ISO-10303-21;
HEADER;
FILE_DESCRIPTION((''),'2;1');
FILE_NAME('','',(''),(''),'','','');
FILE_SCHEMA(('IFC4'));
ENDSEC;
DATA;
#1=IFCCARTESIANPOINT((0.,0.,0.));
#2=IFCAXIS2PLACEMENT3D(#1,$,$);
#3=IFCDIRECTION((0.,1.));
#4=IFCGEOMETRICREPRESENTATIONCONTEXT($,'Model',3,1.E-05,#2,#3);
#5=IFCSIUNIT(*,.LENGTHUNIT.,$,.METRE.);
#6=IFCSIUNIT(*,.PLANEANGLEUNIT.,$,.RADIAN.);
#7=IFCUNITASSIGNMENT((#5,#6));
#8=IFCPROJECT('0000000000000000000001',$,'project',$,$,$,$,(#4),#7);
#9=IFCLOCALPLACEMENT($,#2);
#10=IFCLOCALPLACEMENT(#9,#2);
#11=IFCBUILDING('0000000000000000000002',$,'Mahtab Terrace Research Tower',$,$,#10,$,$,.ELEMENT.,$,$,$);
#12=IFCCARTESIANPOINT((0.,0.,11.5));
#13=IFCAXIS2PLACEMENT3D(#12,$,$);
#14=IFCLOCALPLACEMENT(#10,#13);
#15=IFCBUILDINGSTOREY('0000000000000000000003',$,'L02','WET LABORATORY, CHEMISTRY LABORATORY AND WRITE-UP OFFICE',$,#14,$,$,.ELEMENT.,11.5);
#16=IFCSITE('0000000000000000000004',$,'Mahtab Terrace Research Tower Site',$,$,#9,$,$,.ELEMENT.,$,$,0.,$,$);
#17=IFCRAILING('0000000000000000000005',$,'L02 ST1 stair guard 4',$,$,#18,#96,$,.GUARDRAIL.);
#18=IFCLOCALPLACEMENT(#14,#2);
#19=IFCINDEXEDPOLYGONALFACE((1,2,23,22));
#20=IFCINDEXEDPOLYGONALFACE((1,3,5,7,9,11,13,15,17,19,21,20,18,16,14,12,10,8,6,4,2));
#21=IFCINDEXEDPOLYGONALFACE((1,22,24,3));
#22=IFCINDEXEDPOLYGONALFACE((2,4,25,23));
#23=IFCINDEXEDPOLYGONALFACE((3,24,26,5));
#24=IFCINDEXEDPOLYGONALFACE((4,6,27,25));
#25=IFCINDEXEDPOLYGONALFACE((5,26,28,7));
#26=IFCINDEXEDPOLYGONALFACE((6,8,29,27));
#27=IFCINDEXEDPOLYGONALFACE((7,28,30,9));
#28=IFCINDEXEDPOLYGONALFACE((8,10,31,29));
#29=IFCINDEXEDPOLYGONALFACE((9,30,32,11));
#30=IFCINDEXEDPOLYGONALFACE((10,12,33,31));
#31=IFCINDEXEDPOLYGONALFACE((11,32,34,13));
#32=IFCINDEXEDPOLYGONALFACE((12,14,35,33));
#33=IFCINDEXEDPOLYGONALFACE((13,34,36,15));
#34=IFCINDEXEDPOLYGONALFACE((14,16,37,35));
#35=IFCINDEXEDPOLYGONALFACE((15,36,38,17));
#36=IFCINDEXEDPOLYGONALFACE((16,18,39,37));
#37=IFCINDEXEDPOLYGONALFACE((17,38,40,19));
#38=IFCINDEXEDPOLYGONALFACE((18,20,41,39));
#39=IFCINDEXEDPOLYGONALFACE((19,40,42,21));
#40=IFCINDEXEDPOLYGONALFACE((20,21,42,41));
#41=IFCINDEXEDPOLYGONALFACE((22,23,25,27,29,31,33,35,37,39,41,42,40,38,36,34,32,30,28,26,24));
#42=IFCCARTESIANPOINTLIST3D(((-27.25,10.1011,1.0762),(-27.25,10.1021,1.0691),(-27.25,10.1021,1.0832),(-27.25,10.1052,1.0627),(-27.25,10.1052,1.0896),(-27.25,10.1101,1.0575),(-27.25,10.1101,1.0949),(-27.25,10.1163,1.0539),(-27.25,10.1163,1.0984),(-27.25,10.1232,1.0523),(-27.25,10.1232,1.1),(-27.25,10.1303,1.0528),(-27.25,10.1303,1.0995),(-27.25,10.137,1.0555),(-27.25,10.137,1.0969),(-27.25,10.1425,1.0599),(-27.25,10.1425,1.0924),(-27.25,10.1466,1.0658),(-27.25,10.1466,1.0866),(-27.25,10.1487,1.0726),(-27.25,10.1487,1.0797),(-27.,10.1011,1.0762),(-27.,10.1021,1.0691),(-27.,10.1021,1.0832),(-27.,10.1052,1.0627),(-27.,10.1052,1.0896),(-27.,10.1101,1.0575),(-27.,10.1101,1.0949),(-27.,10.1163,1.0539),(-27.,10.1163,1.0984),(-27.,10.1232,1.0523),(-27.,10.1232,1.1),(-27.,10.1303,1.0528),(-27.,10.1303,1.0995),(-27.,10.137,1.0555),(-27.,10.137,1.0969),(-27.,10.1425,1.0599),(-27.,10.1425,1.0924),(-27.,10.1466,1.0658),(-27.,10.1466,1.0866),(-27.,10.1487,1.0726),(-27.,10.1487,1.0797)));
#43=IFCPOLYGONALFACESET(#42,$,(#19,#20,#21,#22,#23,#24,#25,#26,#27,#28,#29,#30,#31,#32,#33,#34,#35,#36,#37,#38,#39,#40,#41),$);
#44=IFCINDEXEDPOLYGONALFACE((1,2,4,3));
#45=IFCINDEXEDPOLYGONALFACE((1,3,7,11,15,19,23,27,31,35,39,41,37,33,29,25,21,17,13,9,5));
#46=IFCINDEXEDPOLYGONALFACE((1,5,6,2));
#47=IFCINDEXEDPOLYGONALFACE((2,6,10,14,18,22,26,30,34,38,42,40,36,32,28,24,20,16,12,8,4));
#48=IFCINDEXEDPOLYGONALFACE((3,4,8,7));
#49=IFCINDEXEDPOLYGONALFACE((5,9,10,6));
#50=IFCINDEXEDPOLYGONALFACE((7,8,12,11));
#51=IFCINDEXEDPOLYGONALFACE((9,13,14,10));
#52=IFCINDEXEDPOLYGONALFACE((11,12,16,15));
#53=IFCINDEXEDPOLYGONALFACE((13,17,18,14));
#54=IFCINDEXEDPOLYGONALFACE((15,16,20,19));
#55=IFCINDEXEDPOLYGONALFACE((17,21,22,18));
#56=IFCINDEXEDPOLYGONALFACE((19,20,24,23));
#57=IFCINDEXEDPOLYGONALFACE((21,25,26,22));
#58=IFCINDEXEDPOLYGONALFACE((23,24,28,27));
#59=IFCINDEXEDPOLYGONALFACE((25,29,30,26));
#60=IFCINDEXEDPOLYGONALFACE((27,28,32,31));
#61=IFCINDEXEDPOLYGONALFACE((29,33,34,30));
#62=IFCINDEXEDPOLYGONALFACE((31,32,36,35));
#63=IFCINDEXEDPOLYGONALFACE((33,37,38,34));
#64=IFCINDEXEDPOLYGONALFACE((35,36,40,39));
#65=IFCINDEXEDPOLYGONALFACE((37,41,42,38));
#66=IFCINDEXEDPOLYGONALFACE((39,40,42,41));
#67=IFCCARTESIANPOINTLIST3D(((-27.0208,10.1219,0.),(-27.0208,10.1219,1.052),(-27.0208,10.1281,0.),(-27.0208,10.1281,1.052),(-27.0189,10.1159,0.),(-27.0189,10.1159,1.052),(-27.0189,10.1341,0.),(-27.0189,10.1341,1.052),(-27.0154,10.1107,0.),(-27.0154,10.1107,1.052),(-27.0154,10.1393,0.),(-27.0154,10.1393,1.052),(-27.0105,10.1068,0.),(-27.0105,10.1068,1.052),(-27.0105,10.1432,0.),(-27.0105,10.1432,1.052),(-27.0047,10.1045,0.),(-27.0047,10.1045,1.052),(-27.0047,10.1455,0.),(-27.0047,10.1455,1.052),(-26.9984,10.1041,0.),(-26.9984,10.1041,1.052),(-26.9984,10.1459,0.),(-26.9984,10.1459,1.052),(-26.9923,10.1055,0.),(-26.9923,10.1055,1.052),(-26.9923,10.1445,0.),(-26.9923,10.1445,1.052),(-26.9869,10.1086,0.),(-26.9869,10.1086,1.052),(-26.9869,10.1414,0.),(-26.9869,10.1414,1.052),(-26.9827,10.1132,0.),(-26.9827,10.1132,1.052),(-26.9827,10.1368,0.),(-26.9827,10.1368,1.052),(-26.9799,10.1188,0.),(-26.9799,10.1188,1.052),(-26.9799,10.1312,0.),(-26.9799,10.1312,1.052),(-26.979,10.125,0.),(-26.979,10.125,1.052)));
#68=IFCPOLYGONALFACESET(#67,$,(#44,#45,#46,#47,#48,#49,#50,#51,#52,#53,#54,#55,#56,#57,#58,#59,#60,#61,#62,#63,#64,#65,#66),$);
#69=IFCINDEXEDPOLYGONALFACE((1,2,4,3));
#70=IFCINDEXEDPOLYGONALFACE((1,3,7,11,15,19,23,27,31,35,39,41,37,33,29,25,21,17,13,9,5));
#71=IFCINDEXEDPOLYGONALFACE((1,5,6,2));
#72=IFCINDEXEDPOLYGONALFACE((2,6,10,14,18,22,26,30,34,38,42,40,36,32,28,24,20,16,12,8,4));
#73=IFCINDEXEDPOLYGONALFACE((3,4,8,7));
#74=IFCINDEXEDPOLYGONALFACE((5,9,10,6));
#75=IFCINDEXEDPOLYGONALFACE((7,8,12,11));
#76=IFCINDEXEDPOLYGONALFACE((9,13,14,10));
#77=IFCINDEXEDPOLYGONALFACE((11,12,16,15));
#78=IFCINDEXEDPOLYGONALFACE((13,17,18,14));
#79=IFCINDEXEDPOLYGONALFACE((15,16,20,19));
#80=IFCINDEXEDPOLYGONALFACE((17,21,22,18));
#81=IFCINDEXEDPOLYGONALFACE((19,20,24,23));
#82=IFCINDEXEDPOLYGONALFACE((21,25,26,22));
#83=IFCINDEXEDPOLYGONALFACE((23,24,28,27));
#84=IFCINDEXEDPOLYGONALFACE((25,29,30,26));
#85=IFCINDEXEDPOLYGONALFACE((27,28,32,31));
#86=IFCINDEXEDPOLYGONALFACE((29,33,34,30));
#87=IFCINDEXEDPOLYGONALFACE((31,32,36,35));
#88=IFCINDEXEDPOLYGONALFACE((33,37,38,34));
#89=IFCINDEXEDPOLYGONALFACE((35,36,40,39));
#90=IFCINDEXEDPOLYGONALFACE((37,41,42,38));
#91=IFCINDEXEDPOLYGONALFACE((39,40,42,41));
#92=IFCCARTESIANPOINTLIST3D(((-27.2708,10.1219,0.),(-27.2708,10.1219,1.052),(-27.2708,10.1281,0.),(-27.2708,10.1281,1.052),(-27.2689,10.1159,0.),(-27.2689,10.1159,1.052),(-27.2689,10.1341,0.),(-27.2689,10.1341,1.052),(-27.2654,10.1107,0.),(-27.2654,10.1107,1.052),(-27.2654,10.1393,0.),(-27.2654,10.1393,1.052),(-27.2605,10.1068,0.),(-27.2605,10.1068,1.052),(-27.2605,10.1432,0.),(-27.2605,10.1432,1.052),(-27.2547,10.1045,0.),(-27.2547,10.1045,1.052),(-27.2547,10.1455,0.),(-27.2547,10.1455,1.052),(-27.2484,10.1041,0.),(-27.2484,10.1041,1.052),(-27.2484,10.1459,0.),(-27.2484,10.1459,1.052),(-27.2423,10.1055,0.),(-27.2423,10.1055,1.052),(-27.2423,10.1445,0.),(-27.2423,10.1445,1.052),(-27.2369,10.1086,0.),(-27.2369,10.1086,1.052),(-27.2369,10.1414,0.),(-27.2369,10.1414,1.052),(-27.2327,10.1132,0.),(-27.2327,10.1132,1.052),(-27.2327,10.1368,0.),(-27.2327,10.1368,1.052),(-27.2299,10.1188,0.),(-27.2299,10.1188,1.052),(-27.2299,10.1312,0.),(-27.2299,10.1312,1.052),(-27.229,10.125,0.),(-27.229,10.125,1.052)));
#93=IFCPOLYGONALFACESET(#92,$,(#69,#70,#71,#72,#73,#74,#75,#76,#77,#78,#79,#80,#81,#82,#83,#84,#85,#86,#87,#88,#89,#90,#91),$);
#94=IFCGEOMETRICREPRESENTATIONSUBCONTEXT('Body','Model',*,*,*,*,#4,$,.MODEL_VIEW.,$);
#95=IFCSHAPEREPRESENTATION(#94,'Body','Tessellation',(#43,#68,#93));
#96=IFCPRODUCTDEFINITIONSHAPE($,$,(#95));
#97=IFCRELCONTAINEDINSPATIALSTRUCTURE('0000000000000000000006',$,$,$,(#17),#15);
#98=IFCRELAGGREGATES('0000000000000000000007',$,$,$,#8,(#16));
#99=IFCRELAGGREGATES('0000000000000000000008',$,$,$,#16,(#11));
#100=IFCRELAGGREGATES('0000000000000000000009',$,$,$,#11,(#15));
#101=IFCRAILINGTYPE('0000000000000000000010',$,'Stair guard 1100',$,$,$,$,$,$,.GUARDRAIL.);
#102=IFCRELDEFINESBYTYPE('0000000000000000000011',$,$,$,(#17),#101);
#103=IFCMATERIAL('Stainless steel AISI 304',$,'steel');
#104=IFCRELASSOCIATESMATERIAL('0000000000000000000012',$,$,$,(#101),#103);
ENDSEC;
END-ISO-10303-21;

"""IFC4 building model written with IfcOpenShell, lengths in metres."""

from ifc_helpers import new_model, si_unit, direction, frame, origin, origin_2d, place, context, subcontext, project, spatial, circle, extrude, material, type_object, element, save


model = new_model("IFC4")

# Units and contexts
model_context = context("Model", 3, precision=1e-05, world=origin(), true_north=direction((0.0, 1.0)))
body_context = subcontext(model_context, "Body", "Model", "MODEL_VIEW")
ifc_project = project(units=[si_unit("LENGTHUNIT", "METRE"), si_unit("PLANEANGLEUNIT", "RADIAN")], contexts=[model_context])

# Site, building, storey
site_placement = place(None, origin())
site = spatial("IfcSite", under=ifc_project, at=site_placement, Name="Mahtab Terrace Research Tower Site", CompositionType="ELEMENT", RefElevation=0.0)
building_placement = place(site_placement, origin())
building = spatial("IfcBuilding", under=site, at=building_placement, Name="Mahtab Terrace Research Tower", CompositionType="ELEMENT")
storey_placement = place(building_placement, frame((0.0, 0.0, 11.5)))
storey = spatial("IfcBuildingStorey", under=building, at=storey_placement, Name="L02", Description="WET LABORATORY, CHEMISTRY LABORATORY AND WRITE-UP OFFICE", CompositionType="ELEMENT", Elevation=11.5)

# Shared definitions
ifc_material_1 = material(Name="Stainless steel AISI 304", Category="steel")

# Railing
railing_type_1 = type_object("IfcRailingType", Name="Stair guard 1100", PredefinedType="GUARDRAIL", material=ifc_material_1)
railing_1_placement = place(storey_placement, frame((-27.0, 10.125, 0.0)))
element("IfcRailing", 1, at=railing_1_placement, inside=storey, type_object=railing_type_1, Name="L02 ST1 stair guard 4", PredefinedType="GUARDRAIL", context=body_context, shape_type="SweptSolid", body=[
    extrude(circle(Radius=0.0239, at=origin_2d()), frame((0.0, 0.0, 1.0762), z_axis=(-1.0, 0.0, 0.0), x_axis=(0.0, -1.0, 0.0)), (0.0, 0.0, 1.0), 0.25),
    extrude(circle(Radius=0.021, at=origin_2d()), origin(), (0.0, 0.0, 1.0), 1.052),
    extrude(circle(Radius=0.021, at=origin_2d()), frame((-0.25, 0.0, 0.0)), (0.0, 0.0, 1.0), 1.052),
])

save(model, "model.ifc")
